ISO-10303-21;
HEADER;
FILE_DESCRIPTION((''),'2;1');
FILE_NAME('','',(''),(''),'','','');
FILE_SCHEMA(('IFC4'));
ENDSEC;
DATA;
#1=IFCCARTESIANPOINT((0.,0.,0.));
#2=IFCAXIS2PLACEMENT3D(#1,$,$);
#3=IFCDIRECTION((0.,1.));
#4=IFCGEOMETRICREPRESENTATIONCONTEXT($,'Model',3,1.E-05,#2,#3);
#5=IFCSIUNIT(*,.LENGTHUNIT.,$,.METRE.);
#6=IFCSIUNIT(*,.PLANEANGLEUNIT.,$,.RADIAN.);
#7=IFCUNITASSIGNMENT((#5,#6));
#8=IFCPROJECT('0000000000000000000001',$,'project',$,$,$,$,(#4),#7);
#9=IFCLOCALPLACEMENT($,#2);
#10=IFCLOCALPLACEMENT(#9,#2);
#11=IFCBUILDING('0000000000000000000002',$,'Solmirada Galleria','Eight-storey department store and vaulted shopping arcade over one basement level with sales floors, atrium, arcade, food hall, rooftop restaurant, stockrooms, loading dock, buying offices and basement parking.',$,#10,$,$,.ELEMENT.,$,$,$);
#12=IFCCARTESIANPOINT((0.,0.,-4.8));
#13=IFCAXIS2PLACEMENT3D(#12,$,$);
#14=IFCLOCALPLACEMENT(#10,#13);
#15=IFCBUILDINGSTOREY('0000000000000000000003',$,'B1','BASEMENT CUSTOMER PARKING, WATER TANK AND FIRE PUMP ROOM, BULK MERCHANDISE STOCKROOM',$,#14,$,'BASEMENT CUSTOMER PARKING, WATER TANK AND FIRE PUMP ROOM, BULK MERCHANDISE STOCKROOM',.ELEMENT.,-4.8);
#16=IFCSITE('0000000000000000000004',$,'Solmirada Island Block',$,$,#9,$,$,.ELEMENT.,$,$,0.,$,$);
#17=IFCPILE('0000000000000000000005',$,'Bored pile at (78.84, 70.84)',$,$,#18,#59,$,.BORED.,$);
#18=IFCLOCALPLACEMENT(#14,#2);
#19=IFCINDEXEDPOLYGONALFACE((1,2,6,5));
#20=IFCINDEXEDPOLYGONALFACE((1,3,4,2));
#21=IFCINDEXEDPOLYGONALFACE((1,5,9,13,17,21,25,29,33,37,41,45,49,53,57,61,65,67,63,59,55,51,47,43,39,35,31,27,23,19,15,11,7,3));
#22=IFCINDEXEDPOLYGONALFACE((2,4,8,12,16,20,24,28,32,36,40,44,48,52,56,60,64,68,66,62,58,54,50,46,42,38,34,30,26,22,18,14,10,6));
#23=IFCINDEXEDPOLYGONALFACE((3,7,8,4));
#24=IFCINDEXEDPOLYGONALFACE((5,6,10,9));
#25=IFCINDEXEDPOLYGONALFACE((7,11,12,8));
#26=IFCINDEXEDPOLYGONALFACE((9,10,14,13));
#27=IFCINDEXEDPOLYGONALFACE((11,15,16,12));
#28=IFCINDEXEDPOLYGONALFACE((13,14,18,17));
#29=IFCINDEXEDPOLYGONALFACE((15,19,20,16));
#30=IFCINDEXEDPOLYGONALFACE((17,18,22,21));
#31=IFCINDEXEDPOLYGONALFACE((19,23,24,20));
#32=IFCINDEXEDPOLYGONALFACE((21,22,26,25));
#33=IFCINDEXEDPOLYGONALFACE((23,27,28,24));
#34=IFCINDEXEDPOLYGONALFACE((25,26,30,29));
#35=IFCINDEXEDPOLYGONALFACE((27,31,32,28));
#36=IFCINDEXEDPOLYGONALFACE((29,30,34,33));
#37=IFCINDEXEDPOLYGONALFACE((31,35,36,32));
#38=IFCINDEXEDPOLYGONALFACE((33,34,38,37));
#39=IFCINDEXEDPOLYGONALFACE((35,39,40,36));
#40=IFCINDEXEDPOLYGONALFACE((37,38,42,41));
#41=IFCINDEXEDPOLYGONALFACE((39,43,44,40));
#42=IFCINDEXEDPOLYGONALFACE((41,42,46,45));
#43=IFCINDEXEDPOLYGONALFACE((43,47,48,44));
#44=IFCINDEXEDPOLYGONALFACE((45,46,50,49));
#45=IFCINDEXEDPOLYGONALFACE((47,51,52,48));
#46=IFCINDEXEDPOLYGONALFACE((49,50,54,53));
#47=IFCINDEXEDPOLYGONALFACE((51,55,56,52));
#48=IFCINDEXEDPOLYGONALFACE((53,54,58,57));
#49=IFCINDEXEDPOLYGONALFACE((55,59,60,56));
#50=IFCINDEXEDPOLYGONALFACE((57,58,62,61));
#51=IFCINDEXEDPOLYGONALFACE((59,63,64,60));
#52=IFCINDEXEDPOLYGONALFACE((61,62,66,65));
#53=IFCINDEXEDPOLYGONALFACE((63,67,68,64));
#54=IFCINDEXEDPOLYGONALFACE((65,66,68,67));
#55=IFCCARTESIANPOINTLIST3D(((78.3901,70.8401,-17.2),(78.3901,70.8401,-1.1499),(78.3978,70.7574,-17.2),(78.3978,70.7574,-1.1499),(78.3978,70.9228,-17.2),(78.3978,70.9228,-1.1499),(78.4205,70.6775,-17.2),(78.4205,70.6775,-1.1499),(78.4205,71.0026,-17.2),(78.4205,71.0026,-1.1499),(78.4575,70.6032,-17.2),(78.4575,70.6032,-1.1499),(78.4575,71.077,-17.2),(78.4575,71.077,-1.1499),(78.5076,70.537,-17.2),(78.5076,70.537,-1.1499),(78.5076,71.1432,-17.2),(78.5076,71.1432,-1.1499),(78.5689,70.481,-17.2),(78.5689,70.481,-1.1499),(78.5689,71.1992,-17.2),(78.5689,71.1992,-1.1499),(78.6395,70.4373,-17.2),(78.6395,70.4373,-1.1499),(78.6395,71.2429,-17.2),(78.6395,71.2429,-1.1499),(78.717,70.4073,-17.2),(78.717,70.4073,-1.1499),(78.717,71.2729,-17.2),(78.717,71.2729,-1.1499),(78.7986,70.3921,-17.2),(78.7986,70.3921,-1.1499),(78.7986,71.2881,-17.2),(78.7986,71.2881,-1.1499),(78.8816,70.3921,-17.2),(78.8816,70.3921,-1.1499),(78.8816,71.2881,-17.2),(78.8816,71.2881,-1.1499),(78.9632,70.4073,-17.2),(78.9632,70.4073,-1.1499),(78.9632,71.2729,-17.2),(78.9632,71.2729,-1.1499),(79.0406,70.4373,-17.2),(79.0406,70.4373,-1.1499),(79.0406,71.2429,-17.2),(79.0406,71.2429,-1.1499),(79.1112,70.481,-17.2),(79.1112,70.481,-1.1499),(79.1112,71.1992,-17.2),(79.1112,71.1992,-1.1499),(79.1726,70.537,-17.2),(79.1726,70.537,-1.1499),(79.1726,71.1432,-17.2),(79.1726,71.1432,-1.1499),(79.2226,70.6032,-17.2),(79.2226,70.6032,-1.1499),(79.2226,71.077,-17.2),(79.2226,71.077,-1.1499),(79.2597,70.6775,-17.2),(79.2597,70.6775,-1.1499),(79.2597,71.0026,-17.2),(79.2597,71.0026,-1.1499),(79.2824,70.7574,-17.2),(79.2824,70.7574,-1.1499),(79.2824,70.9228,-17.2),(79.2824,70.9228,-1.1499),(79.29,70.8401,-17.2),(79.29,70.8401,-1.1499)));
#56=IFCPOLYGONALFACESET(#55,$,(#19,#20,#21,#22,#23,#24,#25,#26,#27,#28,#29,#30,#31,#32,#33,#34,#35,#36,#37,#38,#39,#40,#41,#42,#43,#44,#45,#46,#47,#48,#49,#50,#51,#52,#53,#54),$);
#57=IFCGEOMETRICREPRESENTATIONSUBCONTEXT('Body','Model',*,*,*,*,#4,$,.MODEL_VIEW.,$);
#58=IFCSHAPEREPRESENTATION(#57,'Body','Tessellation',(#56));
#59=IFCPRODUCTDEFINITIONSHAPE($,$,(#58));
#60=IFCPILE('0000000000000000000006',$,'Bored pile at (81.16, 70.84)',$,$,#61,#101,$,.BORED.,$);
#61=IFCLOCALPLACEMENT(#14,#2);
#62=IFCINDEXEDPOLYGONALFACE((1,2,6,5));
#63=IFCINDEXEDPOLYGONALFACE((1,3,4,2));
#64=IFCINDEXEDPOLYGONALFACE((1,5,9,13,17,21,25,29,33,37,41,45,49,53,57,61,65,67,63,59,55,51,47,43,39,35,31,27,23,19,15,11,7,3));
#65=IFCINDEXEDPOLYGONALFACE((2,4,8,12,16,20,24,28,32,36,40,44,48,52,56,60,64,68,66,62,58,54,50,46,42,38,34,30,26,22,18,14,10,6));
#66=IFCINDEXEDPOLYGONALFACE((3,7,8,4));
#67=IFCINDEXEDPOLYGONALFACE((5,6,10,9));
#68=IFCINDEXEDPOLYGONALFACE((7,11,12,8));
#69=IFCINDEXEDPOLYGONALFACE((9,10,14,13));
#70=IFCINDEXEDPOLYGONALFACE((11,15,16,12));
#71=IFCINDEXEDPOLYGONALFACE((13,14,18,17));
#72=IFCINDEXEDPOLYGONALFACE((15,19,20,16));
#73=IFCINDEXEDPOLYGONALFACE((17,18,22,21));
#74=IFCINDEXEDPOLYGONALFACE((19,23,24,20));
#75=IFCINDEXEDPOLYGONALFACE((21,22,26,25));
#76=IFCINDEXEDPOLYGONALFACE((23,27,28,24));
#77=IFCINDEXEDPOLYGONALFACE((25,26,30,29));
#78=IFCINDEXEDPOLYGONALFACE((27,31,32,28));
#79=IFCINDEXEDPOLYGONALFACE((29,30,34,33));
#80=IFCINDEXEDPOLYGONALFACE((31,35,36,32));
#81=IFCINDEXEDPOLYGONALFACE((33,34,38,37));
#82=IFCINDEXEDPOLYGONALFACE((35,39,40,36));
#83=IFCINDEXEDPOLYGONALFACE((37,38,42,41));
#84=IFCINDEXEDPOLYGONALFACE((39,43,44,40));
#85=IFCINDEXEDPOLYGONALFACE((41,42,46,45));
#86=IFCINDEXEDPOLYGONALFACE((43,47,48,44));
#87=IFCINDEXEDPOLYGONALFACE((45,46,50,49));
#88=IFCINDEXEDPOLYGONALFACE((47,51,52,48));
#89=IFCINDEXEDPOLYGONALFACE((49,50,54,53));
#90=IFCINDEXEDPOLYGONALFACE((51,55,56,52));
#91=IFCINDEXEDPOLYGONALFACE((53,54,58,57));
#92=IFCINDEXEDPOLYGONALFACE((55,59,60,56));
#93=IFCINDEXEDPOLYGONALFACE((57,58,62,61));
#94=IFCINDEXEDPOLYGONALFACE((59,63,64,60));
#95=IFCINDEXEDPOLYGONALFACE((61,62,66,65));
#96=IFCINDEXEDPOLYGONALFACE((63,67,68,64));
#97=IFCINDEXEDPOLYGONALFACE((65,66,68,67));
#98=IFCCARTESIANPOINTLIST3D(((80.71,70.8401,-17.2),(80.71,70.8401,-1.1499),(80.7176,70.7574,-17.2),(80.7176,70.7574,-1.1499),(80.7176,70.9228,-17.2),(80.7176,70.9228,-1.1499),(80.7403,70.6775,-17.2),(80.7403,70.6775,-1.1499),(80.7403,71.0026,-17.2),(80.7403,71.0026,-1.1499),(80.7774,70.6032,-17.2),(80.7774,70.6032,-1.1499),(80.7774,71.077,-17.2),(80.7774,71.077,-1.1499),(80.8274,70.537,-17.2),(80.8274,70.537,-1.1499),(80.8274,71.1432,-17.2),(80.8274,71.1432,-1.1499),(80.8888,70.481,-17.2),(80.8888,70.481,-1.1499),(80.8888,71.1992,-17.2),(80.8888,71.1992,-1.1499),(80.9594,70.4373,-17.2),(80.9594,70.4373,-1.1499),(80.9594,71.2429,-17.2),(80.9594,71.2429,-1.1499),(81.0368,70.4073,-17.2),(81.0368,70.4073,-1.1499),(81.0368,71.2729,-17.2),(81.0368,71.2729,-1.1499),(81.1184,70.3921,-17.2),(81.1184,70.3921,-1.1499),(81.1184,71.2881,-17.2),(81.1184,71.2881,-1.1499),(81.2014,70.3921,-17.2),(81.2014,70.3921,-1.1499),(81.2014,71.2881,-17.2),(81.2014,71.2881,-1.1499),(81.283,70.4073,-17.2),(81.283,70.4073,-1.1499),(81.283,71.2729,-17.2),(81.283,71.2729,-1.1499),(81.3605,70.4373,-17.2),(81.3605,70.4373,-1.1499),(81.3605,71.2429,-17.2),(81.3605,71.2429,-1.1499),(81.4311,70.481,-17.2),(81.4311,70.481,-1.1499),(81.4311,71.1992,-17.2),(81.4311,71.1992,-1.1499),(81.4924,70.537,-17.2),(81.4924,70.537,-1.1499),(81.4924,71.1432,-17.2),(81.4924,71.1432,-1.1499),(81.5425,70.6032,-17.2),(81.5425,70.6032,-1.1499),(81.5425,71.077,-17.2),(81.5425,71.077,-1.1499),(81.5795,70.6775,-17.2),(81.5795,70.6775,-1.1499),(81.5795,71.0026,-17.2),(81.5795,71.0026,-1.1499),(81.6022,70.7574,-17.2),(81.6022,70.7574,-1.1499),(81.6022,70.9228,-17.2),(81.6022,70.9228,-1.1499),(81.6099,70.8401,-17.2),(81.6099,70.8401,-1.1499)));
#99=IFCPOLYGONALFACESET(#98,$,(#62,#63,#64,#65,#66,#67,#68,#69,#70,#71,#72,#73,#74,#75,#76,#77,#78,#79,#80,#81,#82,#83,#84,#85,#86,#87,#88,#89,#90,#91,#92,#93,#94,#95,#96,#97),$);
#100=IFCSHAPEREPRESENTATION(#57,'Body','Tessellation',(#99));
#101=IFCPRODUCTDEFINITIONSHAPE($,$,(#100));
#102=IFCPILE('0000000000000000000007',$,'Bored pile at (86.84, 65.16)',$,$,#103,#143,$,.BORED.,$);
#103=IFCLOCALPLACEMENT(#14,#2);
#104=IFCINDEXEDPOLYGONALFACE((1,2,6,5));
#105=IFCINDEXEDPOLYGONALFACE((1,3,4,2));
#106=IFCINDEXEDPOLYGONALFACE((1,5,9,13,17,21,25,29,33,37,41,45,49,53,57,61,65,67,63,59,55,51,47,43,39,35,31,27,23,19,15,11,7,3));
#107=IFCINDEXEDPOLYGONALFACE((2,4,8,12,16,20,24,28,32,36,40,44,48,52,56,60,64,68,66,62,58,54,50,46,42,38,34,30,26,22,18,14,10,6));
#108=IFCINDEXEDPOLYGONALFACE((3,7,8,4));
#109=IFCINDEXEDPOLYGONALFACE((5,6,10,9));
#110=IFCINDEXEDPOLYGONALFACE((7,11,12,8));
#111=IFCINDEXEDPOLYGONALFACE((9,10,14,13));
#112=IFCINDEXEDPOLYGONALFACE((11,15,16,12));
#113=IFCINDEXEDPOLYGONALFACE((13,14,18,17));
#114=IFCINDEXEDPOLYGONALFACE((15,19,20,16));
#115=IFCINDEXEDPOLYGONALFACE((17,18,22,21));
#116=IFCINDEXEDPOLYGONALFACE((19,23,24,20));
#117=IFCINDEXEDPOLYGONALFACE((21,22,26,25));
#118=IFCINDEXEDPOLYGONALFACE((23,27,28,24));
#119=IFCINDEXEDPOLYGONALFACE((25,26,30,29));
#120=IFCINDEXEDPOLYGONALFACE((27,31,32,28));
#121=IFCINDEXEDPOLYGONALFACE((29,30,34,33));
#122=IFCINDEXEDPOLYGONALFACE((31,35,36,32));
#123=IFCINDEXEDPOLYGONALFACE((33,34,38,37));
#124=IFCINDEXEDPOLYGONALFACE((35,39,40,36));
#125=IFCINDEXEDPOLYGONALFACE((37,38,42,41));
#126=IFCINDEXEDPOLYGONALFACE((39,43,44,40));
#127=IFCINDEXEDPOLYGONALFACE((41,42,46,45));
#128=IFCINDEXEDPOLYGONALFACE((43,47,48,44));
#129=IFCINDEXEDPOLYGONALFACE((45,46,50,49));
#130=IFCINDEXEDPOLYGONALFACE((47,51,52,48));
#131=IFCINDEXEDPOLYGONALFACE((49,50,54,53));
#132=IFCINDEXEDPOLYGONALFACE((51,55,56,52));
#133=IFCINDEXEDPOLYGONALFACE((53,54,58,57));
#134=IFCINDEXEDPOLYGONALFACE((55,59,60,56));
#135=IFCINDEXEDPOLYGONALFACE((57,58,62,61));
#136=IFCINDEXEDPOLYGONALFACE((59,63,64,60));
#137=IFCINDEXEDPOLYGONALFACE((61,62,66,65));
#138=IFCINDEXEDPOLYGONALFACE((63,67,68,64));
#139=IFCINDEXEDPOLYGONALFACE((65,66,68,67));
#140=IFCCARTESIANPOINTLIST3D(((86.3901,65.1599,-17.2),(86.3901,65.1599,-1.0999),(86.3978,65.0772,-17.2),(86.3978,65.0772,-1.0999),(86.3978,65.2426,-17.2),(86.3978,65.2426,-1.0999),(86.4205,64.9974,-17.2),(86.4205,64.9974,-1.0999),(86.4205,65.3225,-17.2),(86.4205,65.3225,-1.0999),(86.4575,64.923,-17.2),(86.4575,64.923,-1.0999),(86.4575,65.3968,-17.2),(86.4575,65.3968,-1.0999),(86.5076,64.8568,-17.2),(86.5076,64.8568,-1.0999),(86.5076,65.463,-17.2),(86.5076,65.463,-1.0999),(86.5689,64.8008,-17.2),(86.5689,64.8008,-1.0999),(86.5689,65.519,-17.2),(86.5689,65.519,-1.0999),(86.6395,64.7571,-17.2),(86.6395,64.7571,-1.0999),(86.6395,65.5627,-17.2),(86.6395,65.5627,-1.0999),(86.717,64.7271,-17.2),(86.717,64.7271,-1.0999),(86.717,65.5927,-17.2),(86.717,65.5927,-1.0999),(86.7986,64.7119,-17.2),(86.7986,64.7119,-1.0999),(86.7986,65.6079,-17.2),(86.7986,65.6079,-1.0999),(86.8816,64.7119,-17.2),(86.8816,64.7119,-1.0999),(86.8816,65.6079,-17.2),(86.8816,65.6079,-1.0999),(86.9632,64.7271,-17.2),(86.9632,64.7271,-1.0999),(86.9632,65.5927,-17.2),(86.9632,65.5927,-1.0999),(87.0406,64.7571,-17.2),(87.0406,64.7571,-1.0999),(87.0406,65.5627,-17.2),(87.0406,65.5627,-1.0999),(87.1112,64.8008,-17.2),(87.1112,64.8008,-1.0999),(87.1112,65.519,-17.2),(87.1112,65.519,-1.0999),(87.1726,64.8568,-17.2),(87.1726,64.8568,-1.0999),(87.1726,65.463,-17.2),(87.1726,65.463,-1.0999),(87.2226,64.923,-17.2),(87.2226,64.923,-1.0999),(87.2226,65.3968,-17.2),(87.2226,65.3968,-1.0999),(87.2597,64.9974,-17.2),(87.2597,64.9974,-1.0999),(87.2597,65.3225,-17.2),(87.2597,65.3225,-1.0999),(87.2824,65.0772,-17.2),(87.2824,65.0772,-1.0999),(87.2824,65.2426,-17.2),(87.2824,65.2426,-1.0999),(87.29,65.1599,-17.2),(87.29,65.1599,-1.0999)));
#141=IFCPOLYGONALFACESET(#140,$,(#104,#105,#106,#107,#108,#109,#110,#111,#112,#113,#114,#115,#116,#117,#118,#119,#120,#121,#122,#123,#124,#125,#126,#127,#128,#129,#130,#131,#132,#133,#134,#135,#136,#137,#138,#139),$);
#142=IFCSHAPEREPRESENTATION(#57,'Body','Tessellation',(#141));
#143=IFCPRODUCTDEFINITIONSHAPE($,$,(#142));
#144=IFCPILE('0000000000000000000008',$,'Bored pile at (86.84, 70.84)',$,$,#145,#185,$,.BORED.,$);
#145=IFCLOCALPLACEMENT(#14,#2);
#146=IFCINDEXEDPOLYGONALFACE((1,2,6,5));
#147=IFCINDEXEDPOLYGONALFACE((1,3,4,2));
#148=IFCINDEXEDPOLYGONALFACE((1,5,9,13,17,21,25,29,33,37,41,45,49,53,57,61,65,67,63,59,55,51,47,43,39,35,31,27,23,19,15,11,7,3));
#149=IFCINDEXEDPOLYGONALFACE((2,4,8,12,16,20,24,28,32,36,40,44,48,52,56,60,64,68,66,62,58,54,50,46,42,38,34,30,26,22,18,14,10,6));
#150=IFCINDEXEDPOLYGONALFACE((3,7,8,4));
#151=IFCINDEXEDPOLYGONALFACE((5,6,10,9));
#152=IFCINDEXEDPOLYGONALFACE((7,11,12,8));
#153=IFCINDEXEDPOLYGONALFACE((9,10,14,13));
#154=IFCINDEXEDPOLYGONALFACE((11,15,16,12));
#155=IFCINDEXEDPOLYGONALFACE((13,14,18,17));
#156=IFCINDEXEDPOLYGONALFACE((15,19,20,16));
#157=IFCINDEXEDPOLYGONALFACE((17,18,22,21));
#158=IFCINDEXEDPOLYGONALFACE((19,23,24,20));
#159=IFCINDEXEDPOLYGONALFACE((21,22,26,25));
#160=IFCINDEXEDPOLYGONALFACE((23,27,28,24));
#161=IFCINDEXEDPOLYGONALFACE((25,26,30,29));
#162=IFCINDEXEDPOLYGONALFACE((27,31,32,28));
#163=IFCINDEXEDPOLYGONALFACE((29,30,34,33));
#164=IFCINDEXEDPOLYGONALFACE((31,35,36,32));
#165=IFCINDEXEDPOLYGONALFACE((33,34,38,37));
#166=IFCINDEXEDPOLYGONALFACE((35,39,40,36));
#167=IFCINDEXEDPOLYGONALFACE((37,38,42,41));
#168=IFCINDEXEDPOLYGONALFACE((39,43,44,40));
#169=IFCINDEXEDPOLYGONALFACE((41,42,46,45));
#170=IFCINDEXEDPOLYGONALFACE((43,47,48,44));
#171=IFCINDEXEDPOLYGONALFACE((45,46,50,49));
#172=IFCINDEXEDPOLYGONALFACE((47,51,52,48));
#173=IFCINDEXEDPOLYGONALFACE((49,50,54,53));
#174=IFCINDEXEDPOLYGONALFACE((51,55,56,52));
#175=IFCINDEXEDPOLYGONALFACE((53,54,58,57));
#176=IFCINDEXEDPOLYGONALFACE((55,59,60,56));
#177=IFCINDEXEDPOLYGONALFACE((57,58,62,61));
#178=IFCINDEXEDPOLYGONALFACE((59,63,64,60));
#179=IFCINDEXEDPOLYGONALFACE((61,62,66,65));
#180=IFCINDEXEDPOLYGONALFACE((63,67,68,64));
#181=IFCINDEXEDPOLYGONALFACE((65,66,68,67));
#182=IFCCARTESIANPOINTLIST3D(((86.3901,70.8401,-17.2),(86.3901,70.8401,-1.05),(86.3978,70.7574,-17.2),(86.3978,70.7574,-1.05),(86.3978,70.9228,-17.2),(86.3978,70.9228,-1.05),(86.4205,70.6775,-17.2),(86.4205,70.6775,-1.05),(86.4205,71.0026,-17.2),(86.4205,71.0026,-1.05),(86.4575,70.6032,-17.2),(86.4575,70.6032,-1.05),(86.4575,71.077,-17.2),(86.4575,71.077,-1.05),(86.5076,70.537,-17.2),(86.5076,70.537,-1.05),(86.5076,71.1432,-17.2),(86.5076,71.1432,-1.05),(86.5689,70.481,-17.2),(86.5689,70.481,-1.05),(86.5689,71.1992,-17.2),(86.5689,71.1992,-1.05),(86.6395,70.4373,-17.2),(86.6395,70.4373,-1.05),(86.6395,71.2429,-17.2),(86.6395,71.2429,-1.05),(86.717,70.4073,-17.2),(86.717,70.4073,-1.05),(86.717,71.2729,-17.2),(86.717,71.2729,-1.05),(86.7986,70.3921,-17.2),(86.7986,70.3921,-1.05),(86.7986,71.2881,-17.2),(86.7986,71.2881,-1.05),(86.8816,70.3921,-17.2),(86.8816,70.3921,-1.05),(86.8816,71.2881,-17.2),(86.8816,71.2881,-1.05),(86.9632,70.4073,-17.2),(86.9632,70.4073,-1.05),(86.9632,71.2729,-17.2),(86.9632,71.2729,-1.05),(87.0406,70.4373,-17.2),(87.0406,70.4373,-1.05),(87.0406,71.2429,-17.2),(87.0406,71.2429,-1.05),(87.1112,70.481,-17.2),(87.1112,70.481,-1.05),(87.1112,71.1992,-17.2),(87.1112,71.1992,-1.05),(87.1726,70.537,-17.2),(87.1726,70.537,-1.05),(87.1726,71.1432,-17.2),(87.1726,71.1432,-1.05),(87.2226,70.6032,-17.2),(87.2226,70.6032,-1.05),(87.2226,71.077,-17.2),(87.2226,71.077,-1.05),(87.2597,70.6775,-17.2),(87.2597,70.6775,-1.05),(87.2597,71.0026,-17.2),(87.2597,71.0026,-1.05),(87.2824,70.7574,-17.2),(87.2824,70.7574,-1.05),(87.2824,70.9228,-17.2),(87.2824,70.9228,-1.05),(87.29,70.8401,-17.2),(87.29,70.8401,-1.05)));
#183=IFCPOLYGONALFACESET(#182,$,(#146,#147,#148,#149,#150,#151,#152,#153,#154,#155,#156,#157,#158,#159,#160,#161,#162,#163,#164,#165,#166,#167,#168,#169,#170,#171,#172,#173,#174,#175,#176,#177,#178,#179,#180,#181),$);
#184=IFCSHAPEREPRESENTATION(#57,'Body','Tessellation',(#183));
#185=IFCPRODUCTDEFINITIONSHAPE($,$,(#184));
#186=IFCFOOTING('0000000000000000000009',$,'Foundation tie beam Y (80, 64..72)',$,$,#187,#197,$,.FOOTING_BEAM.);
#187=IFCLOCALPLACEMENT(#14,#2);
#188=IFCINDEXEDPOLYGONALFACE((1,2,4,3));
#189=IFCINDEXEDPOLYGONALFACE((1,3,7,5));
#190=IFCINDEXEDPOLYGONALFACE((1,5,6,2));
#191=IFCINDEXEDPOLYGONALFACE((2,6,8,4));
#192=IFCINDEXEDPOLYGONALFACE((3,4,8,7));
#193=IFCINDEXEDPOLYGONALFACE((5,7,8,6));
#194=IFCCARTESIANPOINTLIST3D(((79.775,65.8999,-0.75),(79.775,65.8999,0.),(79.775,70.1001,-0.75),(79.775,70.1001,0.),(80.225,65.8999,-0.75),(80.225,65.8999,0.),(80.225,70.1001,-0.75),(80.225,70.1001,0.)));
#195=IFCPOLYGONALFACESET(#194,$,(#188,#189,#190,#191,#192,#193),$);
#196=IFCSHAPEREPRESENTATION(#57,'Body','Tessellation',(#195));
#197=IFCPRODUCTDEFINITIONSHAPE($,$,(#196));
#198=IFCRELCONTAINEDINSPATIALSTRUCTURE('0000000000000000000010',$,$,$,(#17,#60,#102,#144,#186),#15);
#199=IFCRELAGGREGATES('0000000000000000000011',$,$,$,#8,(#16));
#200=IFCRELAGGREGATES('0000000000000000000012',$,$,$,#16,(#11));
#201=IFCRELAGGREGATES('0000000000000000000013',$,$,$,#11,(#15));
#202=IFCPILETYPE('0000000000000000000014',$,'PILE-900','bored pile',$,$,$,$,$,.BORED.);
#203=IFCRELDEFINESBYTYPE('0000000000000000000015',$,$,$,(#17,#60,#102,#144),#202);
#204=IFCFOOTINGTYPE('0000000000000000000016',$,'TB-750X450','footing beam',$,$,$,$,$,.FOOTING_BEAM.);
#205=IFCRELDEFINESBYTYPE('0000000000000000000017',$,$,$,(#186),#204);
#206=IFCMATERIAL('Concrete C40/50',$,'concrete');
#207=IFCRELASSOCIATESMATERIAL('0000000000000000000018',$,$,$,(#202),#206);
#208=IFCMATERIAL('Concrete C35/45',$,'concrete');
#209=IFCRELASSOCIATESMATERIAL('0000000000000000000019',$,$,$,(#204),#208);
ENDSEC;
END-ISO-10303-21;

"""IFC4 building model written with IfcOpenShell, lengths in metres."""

from ifc_helpers import new_model, si_unit, direction, frame, origin, origin_2d, place, context, subcontext, project, spatial, rectangle, circle, extrude, material, material_profile, profile_set, type_object, element, save


model = new_model("IFC4")

# Units and contexts
model_context = context("Model", 3, precision=1e-05, world=origin(), true_north=direction((0.0, 1.0)))
body_context = subcontext(model_context, "Body", "Model", "MODEL_VIEW")
ifc_project = project(units=[si_unit("LENGTHUNIT", "METRE"), si_unit("PLANEANGLEUNIT", "RADIAN")], contexts=[model_context])

# Site, building, storey
site_placement = place(None, origin())
site = spatial("IfcSite", under=ifc_project, at=site_placement, Name="Solmirada Island Block", CompositionType="ELEMENT", RefElevation=0.0)
building_placement = place(site_placement, origin())
building = spatial("IfcBuilding", under=site, at=building_placement, Name="Solmirada Galleria", Description="Eight-storey department store and vaulted shopping arcade over one basement level with sales floors, atrium, arcade, food hall, rooftop restaurant, stockrooms, loading dock, buying offices and basement parking.", CompositionType="ELEMENT")
storey_placement = place(building_placement, frame((0.0, 0.0, -4.8)))
storey = spatial("IfcBuildingStorey", under=building, at=storey_placement, Name="B1", Description="BASEMENT CUSTOMER PARKING, WATER TANK AND FIRE PUMP ROOM, BULK MERCHANDISE STOCKROOM", LongName="BASEMENT CUSTOMER PARKING, WATER TANK AND FIRE PUMP ROOM, BULK MERCHANDISE STOCKROOM", CompositionType="ELEMENT", Elevation=-4.8)

# Shared definitions
ifc_material_1 = material(Name="Concrete C35/45", Category="concrete")

# Piles
ifc_material_2 = material(Name="Concrete C40/50", Category="concrete")
ifc_material_profile_1 = material_profile(ifc_material_2, circle(Radius=0.45, at=origin_2d()), Name="PILE900")
ifc_profile_set_1 = profile_set([ifc_material_profile_1], Name="Concrete C40/50")
pile_type = type_object("IfcPileType", Name="PILE-900", Description="bored pile", PredefinedType="BORED", material=ifc_profile_set_1)
for number, where, z_axis, x_axis, name in (
    (1, (78.8401, 70.8401, -1.1499), (0.0, 0.0, -1.0), (1.0, 0.0, 0.0), "Bored pile at (78.84, 70.84)"),
    (2, (81.1599, 70.8401, -1.1499), (0.0, 0.0, -1.0), (1.0, 0.0, 0.0), "Bored pile at (81.16, 70.84)"),
):
    element("IfcPile", number, at=place(storey_placement, frame(where, z_axis=z_axis, x_axis=x_axis)), inside=storey, type_object=pile_type, Name=name, PredefinedType="BORED", context=body_context, shape_type="SweptSolid", body=[
        extrude(circle(Radius=0.45, at=origin_2d()), origin(), (0.0, 0.0, 1.0), 16.05),
    ])
pile_1_placement = place(storey_placement, frame((86.8401, 65.1599, -1.0999), z_axis=(0.0, 0.0, -1.0), x_axis=(1.0, 0.0, 0.0)))
element("IfcPile", 3, at=pile_1_placement, inside=storey, type_object=pile_type, Name="Bored pile at (86.84, 65.16)", PredefinedType="BORED", context=body_context, shape_type="SweptSolid", body=[
    extrude(circle(Radius=0.45, at=origin_2d()), origin(), (0.0, 0.0, 1.0), 16.1001),
])
pile_2_placement = place(storey_placement, frame((86.8401, 70.8401, -1.05), z_axis=(0.0, 0.0, -1.0), x_axis=(1.0, 0.0, 0.0)))
element("IfcPile", 4, at=pile_2_placement, inside=storey, type_object=pile_type, Name="Bored pile at (86.84, 70.84)", PredefinedType="BORED", context=body_context, shape_type="SweptSolid", body=[
    extrude(circle(Radius=0.45, at=origin_2d()), origin(), (0.0, 0.0, 1.0), 16.1499),
])

# Footing
ifc_material_profile_2 = material_profile(ifc_material_1, rectangle(XDim=0.45, YDim=0.75, at=origin_2d()), Name="RC750X450")
ifc_profile_set_2 = profile_set([ifc_material_profile_2], Name="Concrete C35/45")
footing_type_1 = type_object("IfcFootingType", Name="TB-750X450", Description="footing beam", PredefinedType="FOOTING_BEAM", material=ifc_profile_set_2)
footing_1_placement = place(storey_placement, frame((80.0, 65.8999, -0.375), z_axis=(0.0, 1.0, 0.0), x_axis=(-1.0, 0.0, 0.0)))
element("IfcFooting", 5, at=footing_1_placement, inside=storey, type_object=footing_type_1, Name="Foundation tie beam Y (80, 64..72)", PredefinedType="FOOTING_BEAM", context=body_context, shape_type="SweptSolid", body=[
    extrude(rectangle(XDim=0.45, YDim=0.75, at=origin_2d()), origin(), (0.0, 0.0, 1.0), 4.2002),
])

save(model, "model.ifc")
